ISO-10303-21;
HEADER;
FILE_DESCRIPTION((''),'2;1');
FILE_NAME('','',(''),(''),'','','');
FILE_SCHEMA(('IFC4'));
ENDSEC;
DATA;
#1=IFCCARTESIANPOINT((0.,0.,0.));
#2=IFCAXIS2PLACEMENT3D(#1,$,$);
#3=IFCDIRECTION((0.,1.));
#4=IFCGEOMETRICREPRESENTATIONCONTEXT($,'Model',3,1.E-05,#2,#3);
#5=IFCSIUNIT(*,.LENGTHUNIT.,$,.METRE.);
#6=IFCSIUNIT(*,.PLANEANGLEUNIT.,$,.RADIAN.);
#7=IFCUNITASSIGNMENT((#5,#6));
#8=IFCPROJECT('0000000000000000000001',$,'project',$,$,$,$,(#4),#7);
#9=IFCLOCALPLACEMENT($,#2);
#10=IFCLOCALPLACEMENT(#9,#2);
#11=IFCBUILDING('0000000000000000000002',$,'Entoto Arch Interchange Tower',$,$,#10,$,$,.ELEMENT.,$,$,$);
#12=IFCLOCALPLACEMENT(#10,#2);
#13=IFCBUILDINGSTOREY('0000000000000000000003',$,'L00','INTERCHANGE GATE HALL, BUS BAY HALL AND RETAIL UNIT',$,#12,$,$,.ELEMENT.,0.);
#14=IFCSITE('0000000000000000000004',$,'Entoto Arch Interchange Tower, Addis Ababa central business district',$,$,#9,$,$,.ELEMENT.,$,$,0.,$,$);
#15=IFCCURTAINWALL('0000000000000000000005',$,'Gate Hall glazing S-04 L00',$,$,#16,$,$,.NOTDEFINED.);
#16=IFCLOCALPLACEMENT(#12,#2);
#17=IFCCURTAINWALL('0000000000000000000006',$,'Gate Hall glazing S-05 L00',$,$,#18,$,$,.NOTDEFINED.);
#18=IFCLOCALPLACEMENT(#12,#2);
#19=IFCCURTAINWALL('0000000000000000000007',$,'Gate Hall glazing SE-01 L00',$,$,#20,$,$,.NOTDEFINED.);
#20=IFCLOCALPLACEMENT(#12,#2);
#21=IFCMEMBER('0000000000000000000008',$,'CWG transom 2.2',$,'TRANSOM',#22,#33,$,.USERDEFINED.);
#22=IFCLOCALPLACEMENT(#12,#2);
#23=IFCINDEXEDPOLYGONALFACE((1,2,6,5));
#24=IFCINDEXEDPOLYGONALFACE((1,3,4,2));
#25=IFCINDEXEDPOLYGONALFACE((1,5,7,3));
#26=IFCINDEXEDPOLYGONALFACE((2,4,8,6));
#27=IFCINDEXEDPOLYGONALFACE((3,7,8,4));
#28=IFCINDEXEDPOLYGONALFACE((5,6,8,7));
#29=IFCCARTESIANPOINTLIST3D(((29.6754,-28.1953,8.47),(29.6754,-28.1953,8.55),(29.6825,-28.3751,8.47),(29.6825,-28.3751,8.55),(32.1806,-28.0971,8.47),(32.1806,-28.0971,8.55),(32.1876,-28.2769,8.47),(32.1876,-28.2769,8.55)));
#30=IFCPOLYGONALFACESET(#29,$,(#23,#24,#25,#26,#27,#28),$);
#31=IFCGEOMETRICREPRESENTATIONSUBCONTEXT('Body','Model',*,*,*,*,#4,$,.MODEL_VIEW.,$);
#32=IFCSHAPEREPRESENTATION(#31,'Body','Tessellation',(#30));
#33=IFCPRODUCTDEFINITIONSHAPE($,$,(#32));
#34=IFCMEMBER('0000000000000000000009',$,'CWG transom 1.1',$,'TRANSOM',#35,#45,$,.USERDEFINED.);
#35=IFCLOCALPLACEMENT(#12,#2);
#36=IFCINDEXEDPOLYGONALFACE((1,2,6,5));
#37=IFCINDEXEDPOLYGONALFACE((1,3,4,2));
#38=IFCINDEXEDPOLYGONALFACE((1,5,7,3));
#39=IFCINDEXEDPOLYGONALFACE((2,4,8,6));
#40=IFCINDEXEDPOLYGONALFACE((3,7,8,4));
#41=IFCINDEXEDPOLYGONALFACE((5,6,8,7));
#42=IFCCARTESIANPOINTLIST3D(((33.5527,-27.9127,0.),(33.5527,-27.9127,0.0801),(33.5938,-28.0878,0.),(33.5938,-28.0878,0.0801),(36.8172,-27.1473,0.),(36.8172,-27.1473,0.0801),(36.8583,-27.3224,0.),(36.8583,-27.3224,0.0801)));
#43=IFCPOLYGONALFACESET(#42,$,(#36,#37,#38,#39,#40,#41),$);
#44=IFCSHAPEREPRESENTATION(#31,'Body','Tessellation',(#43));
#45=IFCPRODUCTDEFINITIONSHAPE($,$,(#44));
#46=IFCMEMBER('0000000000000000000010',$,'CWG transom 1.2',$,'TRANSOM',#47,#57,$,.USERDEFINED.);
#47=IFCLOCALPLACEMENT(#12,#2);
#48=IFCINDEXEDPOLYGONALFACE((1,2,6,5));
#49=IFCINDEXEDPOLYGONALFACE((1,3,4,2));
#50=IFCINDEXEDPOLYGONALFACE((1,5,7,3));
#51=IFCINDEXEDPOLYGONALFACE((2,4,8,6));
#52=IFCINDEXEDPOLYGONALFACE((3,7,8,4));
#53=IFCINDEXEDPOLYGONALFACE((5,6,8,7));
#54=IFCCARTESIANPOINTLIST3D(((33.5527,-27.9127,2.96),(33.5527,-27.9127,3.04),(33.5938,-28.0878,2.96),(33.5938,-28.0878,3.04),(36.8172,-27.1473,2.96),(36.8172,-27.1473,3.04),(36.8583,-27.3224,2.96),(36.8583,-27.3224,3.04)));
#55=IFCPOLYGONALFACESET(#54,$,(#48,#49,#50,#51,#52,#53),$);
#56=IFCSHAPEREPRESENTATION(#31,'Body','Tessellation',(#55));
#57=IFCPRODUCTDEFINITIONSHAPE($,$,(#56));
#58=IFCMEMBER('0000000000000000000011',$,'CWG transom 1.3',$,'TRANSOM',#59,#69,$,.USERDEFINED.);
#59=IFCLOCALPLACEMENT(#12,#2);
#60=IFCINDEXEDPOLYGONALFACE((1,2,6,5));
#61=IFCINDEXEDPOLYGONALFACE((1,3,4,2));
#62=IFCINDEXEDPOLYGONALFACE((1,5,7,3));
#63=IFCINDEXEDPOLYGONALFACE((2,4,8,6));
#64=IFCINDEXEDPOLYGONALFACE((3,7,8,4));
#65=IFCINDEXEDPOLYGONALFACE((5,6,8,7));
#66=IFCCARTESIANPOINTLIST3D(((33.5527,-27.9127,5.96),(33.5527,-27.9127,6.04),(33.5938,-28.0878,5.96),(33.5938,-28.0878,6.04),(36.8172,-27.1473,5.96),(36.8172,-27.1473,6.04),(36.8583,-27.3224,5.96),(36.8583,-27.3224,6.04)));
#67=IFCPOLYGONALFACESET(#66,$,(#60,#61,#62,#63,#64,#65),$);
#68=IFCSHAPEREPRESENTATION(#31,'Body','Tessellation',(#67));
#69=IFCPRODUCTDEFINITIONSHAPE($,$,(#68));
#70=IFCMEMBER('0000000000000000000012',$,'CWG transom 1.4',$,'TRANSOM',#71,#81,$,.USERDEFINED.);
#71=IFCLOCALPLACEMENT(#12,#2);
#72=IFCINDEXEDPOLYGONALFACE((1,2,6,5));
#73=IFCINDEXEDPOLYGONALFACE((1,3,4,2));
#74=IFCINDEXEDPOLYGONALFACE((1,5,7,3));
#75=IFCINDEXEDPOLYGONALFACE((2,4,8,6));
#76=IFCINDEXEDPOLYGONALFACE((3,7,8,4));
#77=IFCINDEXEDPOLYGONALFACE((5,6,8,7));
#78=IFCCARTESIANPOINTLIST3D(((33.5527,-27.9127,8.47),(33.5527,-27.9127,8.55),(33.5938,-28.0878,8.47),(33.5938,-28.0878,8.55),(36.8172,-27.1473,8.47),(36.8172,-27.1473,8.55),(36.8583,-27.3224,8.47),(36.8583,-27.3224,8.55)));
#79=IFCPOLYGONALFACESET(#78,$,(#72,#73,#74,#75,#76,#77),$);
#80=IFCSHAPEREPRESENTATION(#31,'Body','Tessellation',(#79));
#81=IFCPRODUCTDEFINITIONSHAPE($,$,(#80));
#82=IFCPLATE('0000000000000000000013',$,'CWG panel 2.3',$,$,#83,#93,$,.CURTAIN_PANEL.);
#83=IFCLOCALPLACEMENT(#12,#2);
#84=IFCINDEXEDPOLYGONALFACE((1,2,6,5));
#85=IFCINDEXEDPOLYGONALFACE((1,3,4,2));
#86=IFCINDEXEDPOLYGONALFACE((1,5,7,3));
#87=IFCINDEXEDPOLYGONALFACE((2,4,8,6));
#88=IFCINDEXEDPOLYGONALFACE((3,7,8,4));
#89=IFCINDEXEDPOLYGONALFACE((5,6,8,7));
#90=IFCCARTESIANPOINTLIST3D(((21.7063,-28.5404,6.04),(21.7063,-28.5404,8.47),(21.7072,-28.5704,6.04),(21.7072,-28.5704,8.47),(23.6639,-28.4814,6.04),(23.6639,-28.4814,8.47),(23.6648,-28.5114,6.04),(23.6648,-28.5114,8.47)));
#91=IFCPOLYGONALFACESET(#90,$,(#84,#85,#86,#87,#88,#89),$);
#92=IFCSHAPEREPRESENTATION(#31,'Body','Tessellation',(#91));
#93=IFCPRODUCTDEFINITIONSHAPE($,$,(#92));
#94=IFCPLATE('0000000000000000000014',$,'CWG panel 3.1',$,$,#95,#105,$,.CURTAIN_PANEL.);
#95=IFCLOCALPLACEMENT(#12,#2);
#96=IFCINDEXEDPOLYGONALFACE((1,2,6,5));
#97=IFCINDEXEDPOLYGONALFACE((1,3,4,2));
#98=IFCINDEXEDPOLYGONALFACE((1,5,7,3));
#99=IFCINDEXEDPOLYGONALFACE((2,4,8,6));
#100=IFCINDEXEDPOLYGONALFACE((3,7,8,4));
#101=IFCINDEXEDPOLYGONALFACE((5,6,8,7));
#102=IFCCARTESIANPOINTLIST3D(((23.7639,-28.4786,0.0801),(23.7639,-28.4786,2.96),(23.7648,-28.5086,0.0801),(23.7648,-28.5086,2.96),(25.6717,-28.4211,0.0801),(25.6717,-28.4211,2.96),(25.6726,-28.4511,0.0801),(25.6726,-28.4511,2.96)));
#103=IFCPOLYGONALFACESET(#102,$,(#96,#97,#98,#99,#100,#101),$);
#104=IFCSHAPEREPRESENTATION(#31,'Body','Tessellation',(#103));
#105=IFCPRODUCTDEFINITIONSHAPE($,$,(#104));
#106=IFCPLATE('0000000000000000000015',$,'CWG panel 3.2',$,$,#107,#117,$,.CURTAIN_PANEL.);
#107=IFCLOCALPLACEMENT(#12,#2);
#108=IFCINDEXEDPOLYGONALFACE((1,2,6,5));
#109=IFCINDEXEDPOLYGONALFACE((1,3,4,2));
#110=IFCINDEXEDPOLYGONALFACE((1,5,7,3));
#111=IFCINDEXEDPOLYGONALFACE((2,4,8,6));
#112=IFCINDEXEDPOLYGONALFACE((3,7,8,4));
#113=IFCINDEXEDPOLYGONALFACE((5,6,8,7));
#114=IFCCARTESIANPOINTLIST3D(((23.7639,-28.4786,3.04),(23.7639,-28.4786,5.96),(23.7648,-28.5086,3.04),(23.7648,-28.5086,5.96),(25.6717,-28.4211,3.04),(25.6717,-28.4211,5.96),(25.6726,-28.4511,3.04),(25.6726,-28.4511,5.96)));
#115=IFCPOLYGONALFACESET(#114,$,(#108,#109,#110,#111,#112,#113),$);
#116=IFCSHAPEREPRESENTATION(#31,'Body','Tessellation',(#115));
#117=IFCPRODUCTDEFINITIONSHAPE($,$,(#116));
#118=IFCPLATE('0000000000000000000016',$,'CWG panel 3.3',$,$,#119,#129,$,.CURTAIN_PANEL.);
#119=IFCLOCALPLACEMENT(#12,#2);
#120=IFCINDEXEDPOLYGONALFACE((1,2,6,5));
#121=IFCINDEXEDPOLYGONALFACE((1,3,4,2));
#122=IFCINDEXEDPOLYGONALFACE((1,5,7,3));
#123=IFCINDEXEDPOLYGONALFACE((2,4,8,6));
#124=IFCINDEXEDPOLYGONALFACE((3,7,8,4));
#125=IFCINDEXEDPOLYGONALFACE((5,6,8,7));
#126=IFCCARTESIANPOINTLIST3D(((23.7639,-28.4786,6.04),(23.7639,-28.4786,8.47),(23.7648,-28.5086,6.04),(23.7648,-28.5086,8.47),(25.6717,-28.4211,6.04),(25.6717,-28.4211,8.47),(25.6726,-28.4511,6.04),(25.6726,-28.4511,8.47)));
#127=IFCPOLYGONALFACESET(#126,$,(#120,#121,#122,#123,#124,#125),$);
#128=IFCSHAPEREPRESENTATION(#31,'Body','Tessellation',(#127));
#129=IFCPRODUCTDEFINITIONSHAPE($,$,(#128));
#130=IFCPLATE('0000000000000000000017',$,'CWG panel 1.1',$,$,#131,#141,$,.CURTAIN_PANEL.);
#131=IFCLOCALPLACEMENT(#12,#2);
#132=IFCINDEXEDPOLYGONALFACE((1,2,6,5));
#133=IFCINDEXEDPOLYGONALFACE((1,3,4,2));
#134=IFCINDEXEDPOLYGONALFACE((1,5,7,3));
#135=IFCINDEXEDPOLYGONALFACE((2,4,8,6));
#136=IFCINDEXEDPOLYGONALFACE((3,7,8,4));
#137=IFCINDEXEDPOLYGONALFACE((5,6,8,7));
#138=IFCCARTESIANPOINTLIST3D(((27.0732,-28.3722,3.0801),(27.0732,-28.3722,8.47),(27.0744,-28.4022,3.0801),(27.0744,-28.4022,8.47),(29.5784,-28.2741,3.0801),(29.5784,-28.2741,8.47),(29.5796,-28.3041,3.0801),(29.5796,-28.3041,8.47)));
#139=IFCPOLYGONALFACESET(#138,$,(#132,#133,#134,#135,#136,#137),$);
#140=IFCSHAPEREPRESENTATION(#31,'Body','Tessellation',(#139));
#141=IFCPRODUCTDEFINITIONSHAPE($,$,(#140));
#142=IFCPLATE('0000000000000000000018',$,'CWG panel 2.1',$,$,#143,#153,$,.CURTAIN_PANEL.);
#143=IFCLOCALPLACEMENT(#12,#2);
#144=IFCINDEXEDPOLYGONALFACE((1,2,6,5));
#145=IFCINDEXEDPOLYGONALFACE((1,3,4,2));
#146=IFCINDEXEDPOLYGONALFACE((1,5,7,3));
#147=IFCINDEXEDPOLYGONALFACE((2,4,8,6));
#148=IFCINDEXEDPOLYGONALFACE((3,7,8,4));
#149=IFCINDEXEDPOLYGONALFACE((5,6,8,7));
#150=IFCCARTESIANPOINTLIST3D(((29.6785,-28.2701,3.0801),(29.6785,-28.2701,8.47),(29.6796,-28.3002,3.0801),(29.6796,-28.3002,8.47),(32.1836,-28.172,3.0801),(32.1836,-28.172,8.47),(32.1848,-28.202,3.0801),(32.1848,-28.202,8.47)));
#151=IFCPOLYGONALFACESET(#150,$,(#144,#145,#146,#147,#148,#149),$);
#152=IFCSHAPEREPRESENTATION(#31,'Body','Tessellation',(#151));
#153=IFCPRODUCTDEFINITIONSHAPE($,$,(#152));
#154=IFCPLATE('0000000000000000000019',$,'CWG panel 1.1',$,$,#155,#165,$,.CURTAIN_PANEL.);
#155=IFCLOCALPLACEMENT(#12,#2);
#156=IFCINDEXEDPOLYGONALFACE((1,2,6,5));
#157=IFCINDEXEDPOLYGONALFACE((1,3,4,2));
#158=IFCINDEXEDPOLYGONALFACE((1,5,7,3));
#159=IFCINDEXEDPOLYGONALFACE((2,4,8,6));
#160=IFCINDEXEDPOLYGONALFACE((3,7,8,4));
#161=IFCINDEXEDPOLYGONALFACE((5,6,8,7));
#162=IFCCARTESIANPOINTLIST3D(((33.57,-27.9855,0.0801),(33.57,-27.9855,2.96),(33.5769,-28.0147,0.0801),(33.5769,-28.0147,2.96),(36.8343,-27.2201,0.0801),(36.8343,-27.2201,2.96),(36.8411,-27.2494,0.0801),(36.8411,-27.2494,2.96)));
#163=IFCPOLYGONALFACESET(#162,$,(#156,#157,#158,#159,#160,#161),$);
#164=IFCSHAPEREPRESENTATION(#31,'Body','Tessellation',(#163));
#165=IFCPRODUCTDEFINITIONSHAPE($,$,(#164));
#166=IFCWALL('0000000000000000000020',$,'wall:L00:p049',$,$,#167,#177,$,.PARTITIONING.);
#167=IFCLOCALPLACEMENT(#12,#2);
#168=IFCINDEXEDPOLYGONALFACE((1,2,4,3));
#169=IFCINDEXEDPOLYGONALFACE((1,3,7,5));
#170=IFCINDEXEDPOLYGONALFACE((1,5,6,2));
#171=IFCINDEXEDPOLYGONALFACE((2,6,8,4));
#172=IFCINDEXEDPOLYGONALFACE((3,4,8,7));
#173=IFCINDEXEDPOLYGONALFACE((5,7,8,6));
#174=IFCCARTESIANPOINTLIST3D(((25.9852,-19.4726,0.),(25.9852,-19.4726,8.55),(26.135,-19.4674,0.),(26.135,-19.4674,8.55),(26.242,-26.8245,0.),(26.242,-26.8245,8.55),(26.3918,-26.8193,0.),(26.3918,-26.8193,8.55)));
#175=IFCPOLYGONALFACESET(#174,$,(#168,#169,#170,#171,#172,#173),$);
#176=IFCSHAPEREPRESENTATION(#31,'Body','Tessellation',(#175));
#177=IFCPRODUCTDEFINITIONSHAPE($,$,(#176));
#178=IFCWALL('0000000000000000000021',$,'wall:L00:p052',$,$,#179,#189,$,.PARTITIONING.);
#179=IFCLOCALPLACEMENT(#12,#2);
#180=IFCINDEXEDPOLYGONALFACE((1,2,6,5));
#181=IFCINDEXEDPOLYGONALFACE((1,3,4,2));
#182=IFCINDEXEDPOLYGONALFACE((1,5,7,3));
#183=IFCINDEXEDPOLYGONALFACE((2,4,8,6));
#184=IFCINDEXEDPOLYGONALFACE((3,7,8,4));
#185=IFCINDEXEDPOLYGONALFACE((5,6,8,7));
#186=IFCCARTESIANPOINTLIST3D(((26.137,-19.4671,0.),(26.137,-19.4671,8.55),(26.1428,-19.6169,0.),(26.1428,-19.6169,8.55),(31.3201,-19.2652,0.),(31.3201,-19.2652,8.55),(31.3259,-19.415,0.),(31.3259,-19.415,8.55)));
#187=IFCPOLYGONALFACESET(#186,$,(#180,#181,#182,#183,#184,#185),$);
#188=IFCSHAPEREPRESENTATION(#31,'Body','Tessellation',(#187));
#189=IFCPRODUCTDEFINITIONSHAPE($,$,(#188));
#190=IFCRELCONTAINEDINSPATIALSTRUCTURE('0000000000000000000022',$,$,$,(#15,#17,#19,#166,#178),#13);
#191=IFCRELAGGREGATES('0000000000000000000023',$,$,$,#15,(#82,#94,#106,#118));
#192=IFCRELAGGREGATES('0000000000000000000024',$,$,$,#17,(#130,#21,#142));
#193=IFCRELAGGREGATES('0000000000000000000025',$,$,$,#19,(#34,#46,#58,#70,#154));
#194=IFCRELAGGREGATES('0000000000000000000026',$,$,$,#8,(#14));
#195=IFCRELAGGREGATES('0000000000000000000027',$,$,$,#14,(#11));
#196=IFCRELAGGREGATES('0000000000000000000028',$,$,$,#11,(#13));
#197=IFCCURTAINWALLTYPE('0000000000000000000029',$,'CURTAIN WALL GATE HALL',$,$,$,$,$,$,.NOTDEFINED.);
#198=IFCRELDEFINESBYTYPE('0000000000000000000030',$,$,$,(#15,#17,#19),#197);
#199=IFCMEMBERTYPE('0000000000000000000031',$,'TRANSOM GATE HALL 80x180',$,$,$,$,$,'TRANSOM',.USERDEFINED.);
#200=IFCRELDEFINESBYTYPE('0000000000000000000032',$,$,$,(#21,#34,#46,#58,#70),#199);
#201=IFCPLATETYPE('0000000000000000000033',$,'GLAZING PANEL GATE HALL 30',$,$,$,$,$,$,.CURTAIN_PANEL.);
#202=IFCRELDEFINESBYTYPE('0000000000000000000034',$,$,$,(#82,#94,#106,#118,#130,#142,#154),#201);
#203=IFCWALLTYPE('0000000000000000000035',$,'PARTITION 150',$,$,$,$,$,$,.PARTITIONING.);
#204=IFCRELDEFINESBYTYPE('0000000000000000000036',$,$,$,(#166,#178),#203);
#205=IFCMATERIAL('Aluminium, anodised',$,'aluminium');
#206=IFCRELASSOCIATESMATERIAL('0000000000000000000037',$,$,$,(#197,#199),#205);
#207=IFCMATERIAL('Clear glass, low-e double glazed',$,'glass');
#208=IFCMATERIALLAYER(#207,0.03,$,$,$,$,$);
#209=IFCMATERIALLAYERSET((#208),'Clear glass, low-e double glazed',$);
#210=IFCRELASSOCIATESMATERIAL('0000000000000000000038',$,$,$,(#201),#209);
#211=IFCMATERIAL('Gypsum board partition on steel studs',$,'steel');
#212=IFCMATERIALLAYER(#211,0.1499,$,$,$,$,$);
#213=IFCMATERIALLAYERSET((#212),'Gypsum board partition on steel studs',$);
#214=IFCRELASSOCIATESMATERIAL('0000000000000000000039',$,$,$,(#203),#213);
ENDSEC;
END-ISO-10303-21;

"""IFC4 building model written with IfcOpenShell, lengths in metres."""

from ifc_helpers import new_model, si_unit, direction, frame, frame_2d, origin, origin_2d, place, context, subcontext, project, spatial, rectangle, extrude, material, layer, layer_set, material_profile, profile_set, type_object, element, aggregate, save


model = new_model("IFC4")

# Units and contexts
model_context = context("Model", 3, precision=1e-05, world=origin(), true_north=direction((0.0, 1.0)))
body_context = subcontext(model_context, "Body", "Model", "MODEL_VIEW")
ifc_project = project(units=[si_unit("LENGTHUNIT", "METRE"), si_unit("PLANEANGLEUNIT", "RADIAN")], contexts=[model_context])

# Site, building, storey
site_placement = place(None, origin())
site = spatial("IfcSite", under=ifc_project, at=site_placement, Name="Entoto Arch Interchange Tower, Addis Ababa central business district", CompositionType="ELEMENT", RefElevation=0.0)
building_placement = place(site_placement, origin())
building = spatial("IfcBuilding", under=site, at=building_placement, Name="Entoto Arch Interchange Tower", CompositionType="ELEMENT")
storey_placement = place(building_placement, origin())
storey = spatial("IfcBuildingStorey", under=building, at=storey_placement, Name="L00", Description="INTERCHANGE GATE HALL, BUS BAY HALL AND RETAIL UNIT", CompositionType="ELEMENT", Elevation=0.0)

# Curtain walls
ifc_material_1 = material(Name="Aluminium, anodised", Category="aluminium")
curtain_wall_type = type_object("IfcCurtainWallType", Name="CURTAIN WALL GATE HALL", PredefinedType="NOTDEFINED", material=ifc_material_1)
curtain_wall_1_placement = place(storey_placement, origin())
curtain_wall_1 = element("IfcCurtainWall", 1, at=curtain_wall_1_placement, inside=storey, type_object=curtain_wall_type, Name="Gate Hall glazing S-04 L00", PredefinedType="NOTDEFINED")
curtain_wall_2_placement = place(storey_placement, origin())
curtain_wall_2 = element("IfcCurtainWall", 2, at=curtain_wall_2_placement, inside=storey, type_object=curtain_wall_type, Name="Gate Hall glazing S-05 L00", PredefinedType="NOTDEFINED")

# Curtain wall
curtain_wall_3_placement = place(storey_placement, origin())
curtain_wall_3 = element("IfcCurtainWall", 3, at=curtain_wall_3_placement, inside=storey, type_object=curtain_wall_type, Name="Gate Hall glazing SE-01 L00", PredefinedType="NOTDEFINED")

# Members
ifc_material_profile_1 = material_profile(ifc_material_1, rectangle(XDim=0.1799, YDim=0.0801, at=origin_2d()))
ifc_profile_set_1 = profile_set([ifc_material_profile_1], Name="Aluminium, anodised")
member_type_1 = type_object("IfcMemberType", Name="TRANSOM GATE HALL 80x180", ElementType="TRANSOM", PredefinedType="USERDEFINED", material=ifc_profile_set_1)
member_1_placement = place(storey_placement, frame((29.679, -28.2852, 8.51), z_axis=(0.999233, 0.039147, 0.0), x_axis=(-0.039147, 0.999233, 0.0)))
member_1 = element("IfcMember", 4, at=member_1_placement, type_object=member_type_1, Name="CWG transom 2.2", ObjectType="TRANSOM", PredefinedType="USERDEFINED", context=body_context, shape_type="SweptSolid", body=[
    extrude(rectangle(XDim=0.1799, YDim=0.0801, at=origin_2d()), origin(), (0.0, 0.0, 1.0), 2.5071),
])
member_2_placement = place(storey_placement, frame((33.5732, -28.0002, 0.04), z_axis=(0.973597, 0.228272, 0.0), x_axis=(-0.228272, 0.973597, 0.0)))
member_2 = element("IfcMember", 5, at=member_2_placement, type_object=member_type_1, Name="CWG transom 1.1", ObjectType="TRANSOM", PredefinedType="USERDEFINED", context=body_context, shape_type="SweptSolid", body=[
    extrude(rectangle(XDim=0.1799, YDim=0.0801, at=origin_2d()), origin(), (0.0, 0.0, 1.0), 3.353),
])
member_3_placement = place(storey_placement, frame((33.5732, -28.0002, 3.0), z_axis=(0.973597, 0.228272, 0.0), x_axis=(-0.228272, 0.973597, 0.0)))
member_3 = element("IfcMember", 6, at=member_3_placement, type_object=member_type_1, Name="CWG transom 1.2", ObjectType="TRANSOM", PredefinedType="USERDEFINED", context=body_context, shape_type="SweptSolid", body=[
    extrude(rectangle(XDim=0.1799, YDim=0.0801, at=origin_2d()), origin(), (0.0, 0.0, 1.0), 3.353),
])
member_4_placement = place(storey_placement, frame((33.5732, -28.0002, 6.0), z_axis=(0.973597, 0.228272, 0.0), x_axis=(-0.228272, 0.973597, 0.0)))
member_4 = element("IfcMember", 7, at=member_4_placement, type_object=member_type_1, Name="CWG transom 1.3", ObjectType="TRANSOM", PredefinedType="USERDEFINED", context=body_context, shape_type="SweptSolid", body=[
    extrude(rectangle(XDim=0.1799, YDim=0.0801, at=origin_2d()), origin(), (0.0, 0.0, 1.0), 3.353),
])
member_5_placement = place(storey_placement, frame((33.5732, -28.0002, 8.51), z_axis=(0.973597, 0.228272, 0.0), x_axis=(-0.228272, 0.973597, 0.0)))
member_5 = element("IfcMember", 8, at=member_5_placement, type_object=member_type_1, Name="CWG transom 1.4", ObjectType="TRANSOM", PredefinedType="USERDEFINED", context=body_context, shape_type="SweptSolid", body=[
    extrude(rectangle(XDim=0.1799, YDim=0.0801, at=origin_2d()), origin(), (0.0, 0.0, 1.0), 3.353),
])

# Plates
ifc_material_2 = material(Name="Clear glass, low-e double glazed", Category="glass")
ifc_layer_1 = layer(ifc_material_2, 0.03)
ifc_layer_set_1 = layer_set([ifc_layer_1], Name="Clear glass, low-e double glazed")
plate_type = type_object("IfcPlateType", Name="GLAZING PANEL GATE HALL 30", PredefinedType="CURTAIN_PANEL", material=ifc_layer_set_1)
plate_1_placement = place(storey_placement, frame((22.6855, -28.5259, 6.04), z_axis=(0.0, 0.0, 1.0), x_axis=(0.999546, 0.030118, 0.0)))
plate_1 = element("IfcPlate", 9, at=plate_1_placement, type_object=plate_type, Name="CWG panel 2.3", PredefinedType="CURTAIN_PANEL", context=body_context, shape_type="SweptSolid", body=[
    extrude(rectangle(XDim=1.9585, YDim=0.03, at=origin_2d()), origin(), (0.0, 0.0, 1.0), 2.4299),
])
plate_2_placement = place(storey_placement, frame((24.7183, -28.4648, 0.0801), z_axis=(0.0, 0.0, 1.0), x_axis=(0.999546, 0.030118, 0.0)))
plate_2 = element("IfcPlate", 10, at=plate_2_placement, type_object=plate_type, Name="CWG panel 3.1", PredefinedType="CURTAIN_PANEL", context=body_context, shape_type="SweptSolid", body=[
    extrude(rectangle(XDim=1.9087, YDim=0.03, at=origin_2d()), origin(), (0.0, 0.0, 1.0), 2.8799),
])
plate_3_placement = place(storey_placement, frame((24.7183, -28.4648, 3.04), z_axis=(0.0, 0.0, 1.0), x_axis=(0.999546, 0.030118, 0.0)))
plate_3 = element("IfcPlate", 11, at=plate_3_placement, type_object=plate_type, Name="CWG panel 3.2", PredefinedType="CURTAIN_PANEL", context=body_context, shape_type="SweptSolid", body=[
    extrude(rectangle(XDim=1.9087, YDim=0.03, at=origin_2d()), origin(), (0.0, 0.0, 1.0), 2.9199),
])
plate_4_placement = place(storey_placement, frame((24.7183, -28.4648, 6.04), z_axis=(0.0, 0.0, 1.0), x_axis=(0.999546, 0.030118, 0.0)))
plate_4 = element("IfcPlate", 12, at=plate_4_placement, type_object=plate_type, Name="CWG panel 3.3", PredefinedType="CURTAIN_PANEL", context=body_context, shape_type="SweptSolid", body=[
    extrude(rectangle(XDim=1.9087, YDim=0.03, at=origin_2d()), origin(), (0.0, 0.0, 1.0), 2.4299),
])
aggregate(curtain_wall_1, [plate_1, plate_2, plate_3, plate_4])
plate_5_placement = place(storey_placement, frame((28.3264, -28.3381, 3.0801), z_axis=(0.0, 0.0, 1.0), x_axis=(0.999234, 0.039141, 0.0)))
plate_5 = element("IfcPlate", 13, at=plate_5_placement, type_object=plate_type, Name="CWG panel 1.1", PredefinedType="CURTAIN_PANEL", context=body_context, shape_type="SweptSolid", body=[
    extrude(rectangle(XDim=2.5071, YDim=0.03, at=origin_2d()), origin(), (0.0, 0.0, 1.0), 5.3899),
])
plate_6_placement = place(storey_placement, frame((30.9316, -28.2361, 3.0801), z_axis=(0.0, 0.0, 1.0), x_axis=(0.999234, 0.039141, 0.0)))
plate_6 = element("IfcPlate", 14, at=plate_6_placement, type_object=plate_type, Name="CWG panel 2.1", PredefinedType="CURTAIN_PANEL", context=body_context, shape_type="SweptSolid", body=[
    extrude(rectangle(XDim=2.5071, YDim=0.03, at=origin_2d()), origin(), (0.0, 0.0, 1.0), 5.3899),
])
aggregate(curtain_wall_2, [plate_5, member_1, plate_6])
plate_7_placement = place(storey_placement, frame((35.2056, -27.6174, 0.0801), z_axis=(0.0, 0.0, 1.0), x_axis=(0.973598, 0.228271, 0.0)))
plate_7 = element("IfcPlate", 15, at=plate_7_placement, type_object=plate_type, Name="CWG panel 1.1", PredefinedType="CURTAIN_PANEL", context=body_context, shape_type="SweptSolid", body=[
    extrude(rectangle(XDim=3.3528, YDim=0.03, at=origin_2d()), origin(), (0.0, 0.0, 1.0), 2.8799),
])
aggregate(curtain_wall_3, [member_2, member_3, member_4, member_5, plate_7])

# Walls
ifc_material_3 = material(Name="Gypsum board partition on steel studs", Category="steel")
ifc_layer_2 = layer(ifc_material_3, 0.1499)
ifc_layer_set_2 = layer_set([ifc_layer_2], Name="Gypsum board partition on steel studs")
wall_type_1 = type_object("IfcWallType", Name="PARTITION 150", PredefinedType="PARTITIONING", material=ifc_layer_set_2)
wall_1_placement = place(storey_placement, frame((26.0601, -19.47, 0.0), z_axis=(0.0, 0.0, 1.0), x_axis=(0.034913, -0.99939, 0.0)))
element("IfcWall", 16, at=wall_1_placement, inside=storey, type_object=wall_type_1, Name="wall:L00:p049", PredefinedType="PARTITIONING", context=body_context, shape_type="SweptSolid", body=[
    extrude(rectangle(XDim=7.3564, YDim=0.1499, at=frame_2d((3.6782, 0.0))), origin(), (0.0, 0.0, 1.0), 8.55),
])
wall_2_placement = place(storey_placement, frame((26.1399, -19.542, 0.0), z_axis=(0.0, 0.0, 1.0), x_axis=(0.999242, 0.038925, 0.0)))
element("IfcWall", 17, at=wall_2_placement, inside=storey, type_object=wall_type_1, Name="wall:L00:p052", PredefinedType="PARTITIONING", context=body_context, shape_type="SweptSolid", body=[
    extrude(rectangle(XDim=5.187, YDim=0.1499, at=frame_2d((2.5935, 0.0))), origin(), (0.0, 0.0, 1.0), 8.55),
])

save(model, "model.ifc")
